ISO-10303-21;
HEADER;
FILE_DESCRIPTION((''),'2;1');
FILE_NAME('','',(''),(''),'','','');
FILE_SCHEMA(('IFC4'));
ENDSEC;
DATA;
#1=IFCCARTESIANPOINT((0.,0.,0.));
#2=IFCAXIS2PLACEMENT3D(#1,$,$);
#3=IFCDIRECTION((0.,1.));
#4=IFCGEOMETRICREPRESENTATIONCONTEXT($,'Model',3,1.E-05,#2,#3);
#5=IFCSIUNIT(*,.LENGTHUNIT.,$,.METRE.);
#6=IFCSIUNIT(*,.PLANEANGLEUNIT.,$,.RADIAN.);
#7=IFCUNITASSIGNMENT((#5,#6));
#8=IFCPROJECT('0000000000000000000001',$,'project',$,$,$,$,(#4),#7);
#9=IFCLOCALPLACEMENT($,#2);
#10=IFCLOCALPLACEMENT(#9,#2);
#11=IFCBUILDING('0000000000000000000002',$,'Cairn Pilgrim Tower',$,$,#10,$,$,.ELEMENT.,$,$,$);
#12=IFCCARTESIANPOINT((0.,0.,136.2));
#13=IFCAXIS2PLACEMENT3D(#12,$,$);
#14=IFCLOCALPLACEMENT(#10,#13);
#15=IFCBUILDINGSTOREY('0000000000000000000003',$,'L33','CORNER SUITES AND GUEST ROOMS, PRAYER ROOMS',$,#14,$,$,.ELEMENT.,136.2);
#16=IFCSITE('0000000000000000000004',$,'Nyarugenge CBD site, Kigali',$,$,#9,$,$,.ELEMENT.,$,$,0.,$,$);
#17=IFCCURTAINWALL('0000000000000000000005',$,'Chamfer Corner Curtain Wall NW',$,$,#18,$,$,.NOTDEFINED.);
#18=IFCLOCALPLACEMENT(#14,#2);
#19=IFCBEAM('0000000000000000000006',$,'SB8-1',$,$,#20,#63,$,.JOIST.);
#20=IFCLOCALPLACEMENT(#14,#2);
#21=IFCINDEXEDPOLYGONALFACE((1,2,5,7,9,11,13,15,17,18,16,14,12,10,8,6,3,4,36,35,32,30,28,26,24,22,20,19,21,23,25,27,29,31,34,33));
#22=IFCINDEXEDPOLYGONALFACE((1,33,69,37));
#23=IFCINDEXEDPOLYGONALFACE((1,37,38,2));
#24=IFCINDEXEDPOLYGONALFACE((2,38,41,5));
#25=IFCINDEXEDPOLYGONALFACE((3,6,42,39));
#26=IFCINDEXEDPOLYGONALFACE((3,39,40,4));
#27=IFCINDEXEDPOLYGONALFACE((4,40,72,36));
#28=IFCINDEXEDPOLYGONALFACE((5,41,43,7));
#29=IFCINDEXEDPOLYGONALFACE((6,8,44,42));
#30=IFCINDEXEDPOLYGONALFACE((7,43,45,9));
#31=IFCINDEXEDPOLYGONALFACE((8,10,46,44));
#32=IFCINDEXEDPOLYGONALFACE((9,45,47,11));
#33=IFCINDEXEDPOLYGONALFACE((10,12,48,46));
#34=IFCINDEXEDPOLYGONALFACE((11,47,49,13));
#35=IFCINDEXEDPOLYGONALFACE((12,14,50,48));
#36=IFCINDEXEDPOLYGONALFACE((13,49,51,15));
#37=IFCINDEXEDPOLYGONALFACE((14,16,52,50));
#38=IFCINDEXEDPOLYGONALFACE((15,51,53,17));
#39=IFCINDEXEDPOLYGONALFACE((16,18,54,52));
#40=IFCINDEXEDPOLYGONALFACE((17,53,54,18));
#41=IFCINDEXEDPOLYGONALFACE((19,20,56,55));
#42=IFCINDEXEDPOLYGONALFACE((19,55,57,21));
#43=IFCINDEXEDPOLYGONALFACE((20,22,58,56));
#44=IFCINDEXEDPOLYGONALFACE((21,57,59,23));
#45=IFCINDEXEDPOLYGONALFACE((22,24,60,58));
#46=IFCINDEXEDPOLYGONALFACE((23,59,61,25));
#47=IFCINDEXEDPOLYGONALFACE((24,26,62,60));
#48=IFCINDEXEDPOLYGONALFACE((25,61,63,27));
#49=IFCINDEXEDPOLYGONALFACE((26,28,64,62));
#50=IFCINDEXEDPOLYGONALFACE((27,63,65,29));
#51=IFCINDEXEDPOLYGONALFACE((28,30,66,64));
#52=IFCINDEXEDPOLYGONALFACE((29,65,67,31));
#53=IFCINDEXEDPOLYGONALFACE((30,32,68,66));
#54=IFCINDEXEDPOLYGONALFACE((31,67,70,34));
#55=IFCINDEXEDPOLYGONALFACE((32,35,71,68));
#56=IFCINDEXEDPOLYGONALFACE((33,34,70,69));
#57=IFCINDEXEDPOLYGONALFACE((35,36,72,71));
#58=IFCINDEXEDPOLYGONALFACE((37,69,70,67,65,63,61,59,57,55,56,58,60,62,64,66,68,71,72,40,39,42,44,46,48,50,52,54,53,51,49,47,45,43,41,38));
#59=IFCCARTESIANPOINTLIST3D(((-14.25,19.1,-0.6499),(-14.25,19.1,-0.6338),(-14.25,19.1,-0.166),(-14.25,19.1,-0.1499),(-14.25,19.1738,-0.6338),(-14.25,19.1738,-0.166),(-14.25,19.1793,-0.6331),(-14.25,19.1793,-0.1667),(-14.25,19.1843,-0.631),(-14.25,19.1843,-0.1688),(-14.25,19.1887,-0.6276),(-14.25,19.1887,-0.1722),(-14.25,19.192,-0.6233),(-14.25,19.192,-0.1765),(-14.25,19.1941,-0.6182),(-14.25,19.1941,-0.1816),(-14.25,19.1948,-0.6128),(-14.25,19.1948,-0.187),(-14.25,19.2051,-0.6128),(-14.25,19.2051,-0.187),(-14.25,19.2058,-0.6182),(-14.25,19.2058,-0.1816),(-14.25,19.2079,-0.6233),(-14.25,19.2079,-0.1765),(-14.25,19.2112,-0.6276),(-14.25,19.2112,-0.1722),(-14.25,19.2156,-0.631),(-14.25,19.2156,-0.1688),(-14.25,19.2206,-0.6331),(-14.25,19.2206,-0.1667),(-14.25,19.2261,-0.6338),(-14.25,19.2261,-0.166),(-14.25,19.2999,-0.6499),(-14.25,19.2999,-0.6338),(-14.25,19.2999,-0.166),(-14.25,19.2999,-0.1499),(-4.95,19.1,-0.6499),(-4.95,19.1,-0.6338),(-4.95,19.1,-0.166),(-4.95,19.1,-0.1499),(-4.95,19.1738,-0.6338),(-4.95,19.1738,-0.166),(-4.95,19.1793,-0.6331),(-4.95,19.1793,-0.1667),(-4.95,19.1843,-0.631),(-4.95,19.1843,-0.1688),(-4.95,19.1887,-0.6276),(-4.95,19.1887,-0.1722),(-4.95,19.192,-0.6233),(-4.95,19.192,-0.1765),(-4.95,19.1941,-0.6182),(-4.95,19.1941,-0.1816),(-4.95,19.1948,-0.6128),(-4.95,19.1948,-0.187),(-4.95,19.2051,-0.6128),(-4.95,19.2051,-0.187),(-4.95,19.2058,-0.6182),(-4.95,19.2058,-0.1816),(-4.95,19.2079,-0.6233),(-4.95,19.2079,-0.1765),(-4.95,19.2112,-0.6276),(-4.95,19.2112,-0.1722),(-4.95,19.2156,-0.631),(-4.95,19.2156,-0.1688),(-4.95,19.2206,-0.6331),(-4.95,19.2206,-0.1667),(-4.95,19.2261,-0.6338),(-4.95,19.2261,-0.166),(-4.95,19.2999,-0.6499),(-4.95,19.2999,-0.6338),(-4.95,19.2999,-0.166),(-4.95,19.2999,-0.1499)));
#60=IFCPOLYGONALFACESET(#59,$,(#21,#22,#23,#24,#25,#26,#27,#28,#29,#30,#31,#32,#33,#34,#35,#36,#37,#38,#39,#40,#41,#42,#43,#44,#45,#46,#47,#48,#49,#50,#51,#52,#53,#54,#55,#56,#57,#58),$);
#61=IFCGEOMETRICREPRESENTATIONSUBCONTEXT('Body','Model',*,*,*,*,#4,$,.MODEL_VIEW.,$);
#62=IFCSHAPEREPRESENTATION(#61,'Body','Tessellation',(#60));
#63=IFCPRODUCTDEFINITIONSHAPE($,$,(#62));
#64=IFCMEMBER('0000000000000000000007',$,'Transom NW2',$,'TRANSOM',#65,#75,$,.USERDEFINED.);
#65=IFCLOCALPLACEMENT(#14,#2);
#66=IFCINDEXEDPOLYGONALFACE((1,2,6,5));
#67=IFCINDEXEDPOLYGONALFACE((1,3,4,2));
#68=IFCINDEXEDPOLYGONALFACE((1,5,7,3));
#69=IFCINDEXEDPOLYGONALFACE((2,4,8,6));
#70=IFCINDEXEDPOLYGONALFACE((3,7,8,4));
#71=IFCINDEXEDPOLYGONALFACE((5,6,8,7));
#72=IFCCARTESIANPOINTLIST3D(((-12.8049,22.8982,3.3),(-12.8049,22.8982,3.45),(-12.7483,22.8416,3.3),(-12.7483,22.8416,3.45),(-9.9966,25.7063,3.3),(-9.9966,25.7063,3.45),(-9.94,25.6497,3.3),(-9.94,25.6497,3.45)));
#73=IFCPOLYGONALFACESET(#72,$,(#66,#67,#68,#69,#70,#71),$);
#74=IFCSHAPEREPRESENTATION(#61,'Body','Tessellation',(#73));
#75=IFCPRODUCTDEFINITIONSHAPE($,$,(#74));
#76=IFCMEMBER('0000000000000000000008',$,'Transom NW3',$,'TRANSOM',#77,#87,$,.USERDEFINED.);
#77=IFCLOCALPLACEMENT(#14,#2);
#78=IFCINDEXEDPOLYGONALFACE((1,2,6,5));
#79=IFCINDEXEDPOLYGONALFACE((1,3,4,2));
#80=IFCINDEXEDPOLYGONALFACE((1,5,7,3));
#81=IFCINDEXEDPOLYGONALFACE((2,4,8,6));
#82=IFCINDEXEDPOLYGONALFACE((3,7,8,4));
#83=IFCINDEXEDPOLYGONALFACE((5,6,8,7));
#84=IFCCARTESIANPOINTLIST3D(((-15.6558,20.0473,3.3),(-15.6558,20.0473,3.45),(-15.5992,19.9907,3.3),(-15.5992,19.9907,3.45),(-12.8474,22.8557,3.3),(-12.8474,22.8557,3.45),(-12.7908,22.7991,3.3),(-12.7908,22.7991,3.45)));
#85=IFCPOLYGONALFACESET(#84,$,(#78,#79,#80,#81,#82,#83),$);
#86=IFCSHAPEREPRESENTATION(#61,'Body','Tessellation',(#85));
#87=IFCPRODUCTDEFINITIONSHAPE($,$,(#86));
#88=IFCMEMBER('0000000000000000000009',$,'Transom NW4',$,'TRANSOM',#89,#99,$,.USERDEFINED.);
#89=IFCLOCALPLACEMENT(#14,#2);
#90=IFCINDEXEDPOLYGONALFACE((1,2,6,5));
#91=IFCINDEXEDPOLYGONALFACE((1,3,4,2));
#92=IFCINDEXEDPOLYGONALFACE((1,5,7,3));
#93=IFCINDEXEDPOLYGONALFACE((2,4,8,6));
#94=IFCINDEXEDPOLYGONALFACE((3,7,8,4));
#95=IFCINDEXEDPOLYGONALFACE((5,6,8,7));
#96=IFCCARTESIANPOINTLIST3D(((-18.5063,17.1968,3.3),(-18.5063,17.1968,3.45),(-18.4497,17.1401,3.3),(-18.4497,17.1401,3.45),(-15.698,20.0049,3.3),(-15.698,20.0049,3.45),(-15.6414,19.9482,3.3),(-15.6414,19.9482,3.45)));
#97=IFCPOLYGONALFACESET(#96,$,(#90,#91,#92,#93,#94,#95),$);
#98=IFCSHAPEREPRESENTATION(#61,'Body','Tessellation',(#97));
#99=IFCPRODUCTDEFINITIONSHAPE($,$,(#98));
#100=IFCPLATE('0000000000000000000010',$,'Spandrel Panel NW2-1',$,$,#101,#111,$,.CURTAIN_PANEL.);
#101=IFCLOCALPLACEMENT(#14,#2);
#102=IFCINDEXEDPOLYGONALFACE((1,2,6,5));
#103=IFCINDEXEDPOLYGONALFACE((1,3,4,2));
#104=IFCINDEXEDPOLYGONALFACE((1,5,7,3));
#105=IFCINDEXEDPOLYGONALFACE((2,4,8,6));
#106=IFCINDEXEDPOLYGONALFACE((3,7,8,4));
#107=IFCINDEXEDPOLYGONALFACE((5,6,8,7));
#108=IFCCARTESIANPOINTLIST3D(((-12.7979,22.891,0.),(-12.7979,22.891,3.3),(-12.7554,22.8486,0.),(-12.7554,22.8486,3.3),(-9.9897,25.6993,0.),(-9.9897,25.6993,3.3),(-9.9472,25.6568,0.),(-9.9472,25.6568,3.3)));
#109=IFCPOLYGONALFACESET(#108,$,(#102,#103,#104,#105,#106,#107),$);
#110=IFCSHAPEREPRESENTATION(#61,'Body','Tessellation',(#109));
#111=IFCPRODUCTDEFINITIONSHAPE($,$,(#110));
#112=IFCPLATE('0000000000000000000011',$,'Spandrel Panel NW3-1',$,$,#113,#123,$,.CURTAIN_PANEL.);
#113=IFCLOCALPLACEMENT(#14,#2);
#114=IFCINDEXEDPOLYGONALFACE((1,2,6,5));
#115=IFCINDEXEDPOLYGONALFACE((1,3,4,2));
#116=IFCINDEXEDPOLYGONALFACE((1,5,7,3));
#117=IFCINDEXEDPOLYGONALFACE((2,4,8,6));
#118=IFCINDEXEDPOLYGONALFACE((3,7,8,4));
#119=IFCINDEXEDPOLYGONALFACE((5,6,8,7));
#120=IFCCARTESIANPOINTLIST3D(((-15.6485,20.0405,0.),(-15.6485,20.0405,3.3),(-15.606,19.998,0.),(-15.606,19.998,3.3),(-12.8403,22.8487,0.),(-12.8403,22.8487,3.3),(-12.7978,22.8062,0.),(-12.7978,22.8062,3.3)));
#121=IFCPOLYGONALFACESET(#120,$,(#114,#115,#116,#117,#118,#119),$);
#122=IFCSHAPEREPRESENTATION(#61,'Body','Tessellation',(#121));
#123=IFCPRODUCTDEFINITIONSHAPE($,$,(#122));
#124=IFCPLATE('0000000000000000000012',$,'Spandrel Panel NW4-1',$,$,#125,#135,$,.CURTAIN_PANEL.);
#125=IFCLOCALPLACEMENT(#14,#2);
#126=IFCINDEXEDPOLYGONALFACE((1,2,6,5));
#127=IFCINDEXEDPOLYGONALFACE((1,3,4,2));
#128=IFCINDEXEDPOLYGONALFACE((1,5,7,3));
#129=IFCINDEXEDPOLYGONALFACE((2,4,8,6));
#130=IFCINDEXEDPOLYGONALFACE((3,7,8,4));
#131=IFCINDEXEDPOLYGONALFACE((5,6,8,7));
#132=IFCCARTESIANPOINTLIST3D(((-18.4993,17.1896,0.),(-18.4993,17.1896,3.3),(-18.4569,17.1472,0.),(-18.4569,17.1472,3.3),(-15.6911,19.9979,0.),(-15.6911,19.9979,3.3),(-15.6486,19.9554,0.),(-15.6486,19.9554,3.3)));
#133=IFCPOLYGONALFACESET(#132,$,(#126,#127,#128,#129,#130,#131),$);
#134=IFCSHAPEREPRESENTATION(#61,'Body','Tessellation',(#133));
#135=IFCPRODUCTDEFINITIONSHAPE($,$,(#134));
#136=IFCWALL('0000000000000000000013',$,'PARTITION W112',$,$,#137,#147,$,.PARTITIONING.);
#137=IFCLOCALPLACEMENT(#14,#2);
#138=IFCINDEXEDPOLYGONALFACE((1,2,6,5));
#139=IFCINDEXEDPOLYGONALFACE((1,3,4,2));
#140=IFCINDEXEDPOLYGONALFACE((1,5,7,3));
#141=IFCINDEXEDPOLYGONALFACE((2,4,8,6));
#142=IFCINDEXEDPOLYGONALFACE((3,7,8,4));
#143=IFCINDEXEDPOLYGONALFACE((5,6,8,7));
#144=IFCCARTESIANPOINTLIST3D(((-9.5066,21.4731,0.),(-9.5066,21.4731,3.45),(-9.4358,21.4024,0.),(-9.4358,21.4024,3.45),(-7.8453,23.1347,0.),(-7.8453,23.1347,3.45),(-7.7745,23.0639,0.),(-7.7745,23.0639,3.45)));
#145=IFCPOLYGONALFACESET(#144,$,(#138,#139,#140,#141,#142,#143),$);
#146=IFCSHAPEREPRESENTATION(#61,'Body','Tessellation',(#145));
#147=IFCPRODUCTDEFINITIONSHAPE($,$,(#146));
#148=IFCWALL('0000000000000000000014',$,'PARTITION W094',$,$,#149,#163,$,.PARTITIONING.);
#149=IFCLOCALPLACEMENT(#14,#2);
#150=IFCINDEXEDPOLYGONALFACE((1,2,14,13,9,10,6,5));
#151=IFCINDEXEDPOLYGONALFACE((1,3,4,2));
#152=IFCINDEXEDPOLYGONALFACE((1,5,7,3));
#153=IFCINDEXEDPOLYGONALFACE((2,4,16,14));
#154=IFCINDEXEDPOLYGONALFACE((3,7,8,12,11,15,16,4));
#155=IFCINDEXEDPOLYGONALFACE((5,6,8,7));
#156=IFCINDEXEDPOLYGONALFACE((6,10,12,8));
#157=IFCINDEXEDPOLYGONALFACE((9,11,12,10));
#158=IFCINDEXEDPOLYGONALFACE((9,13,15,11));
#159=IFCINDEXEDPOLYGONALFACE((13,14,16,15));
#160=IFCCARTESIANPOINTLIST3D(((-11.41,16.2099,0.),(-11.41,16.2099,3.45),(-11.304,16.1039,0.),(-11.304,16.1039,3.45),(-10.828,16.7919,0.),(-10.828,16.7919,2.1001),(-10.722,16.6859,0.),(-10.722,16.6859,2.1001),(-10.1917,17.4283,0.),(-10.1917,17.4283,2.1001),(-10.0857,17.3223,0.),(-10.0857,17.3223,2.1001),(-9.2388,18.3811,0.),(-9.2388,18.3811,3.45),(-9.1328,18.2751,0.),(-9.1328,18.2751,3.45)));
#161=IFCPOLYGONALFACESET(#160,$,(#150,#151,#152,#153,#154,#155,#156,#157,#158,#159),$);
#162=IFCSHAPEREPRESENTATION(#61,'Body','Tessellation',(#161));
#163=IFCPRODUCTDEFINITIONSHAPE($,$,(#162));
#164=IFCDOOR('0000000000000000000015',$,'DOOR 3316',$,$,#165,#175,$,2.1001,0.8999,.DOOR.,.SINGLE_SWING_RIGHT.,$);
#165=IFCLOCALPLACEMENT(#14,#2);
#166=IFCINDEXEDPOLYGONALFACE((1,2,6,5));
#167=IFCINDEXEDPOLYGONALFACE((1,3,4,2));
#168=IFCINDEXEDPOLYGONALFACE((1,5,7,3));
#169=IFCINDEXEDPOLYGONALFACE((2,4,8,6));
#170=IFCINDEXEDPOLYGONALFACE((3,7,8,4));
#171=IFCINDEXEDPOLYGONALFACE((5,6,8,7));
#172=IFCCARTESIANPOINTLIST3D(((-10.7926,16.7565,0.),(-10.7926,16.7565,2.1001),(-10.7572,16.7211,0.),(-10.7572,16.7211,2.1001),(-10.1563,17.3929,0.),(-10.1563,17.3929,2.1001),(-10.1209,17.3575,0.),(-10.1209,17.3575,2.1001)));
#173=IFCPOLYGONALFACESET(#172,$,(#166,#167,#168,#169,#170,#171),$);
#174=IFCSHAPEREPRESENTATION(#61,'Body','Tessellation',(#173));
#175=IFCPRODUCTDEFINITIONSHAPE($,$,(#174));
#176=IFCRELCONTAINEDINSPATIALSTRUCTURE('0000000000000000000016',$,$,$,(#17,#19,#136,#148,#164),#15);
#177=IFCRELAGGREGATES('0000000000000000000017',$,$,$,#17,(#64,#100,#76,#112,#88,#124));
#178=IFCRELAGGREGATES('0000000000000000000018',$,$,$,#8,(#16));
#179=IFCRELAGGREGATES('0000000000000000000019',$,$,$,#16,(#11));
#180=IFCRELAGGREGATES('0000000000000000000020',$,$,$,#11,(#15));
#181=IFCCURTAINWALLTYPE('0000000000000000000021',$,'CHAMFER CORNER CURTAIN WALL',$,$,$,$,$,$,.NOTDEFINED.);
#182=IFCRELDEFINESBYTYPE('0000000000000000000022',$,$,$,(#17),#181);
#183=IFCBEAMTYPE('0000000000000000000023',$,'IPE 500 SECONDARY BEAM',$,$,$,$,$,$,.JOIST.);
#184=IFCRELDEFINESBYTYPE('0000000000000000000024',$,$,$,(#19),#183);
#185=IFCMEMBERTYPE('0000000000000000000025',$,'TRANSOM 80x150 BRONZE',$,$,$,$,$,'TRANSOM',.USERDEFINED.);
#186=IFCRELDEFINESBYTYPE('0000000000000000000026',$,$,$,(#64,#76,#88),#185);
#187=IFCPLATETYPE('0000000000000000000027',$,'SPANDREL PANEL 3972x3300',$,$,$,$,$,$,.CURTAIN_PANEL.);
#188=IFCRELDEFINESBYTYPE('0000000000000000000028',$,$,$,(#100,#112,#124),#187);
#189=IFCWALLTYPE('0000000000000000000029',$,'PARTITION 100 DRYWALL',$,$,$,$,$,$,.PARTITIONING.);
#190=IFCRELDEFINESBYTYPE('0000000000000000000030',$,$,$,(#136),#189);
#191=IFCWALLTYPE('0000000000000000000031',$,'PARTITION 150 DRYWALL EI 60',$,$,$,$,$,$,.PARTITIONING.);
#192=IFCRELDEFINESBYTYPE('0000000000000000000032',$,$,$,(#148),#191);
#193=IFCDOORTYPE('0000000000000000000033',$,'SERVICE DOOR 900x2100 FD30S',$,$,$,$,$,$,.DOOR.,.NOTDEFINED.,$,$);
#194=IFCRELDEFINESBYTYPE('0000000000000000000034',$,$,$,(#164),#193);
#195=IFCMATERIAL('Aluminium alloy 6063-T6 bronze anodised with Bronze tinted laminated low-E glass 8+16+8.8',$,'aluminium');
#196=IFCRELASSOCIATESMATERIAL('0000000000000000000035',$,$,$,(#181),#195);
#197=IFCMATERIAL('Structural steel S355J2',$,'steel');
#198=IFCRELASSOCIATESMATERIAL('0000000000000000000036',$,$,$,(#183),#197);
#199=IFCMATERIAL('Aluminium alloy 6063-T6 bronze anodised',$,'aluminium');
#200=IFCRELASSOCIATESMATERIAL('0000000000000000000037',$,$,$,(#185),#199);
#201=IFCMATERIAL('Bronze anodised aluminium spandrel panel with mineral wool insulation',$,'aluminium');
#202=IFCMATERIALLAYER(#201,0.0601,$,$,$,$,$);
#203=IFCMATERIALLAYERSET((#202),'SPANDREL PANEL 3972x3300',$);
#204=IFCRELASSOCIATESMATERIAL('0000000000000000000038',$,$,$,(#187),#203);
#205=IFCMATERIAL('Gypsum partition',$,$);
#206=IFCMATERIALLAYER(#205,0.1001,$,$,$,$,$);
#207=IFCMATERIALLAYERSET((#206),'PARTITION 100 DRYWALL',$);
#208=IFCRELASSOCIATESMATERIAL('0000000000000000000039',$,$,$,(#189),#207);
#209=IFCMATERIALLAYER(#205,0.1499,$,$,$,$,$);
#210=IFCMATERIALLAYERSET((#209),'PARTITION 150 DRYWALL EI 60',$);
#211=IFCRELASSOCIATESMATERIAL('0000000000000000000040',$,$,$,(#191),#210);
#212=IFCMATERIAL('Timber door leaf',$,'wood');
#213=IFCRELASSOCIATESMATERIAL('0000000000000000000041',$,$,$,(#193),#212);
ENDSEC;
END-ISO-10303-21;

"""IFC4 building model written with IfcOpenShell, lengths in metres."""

from ifc_helpers import new_model, si_unit, direction, frame, frame_2d, origin, origin_2d, place, context, subcontext, project, spatial, rectangle, i_section, extrude, material, layer, layer_set, material_profile, profile_set, type_object, element, fill, aggregate, save


model = new_model("IFC4")

# Units and contexts
model_context = context("Model", 3, precision=1e-05, world=origin(), true_north=direction((0.0, 1.0)))
body_context = subcontext(model_context, "Body", "Model", "MODEL_VIEW")
ifc_project = project(units=[si_unit("LENGTHUNIT", "METRE"), si_unit("PLANEANGLEUNIT", "RADIAN")], contexts=[model_context])

# Site, building, storey
site_placement = place(None, origin())
site = spatial("IfcSite", under=ifc_project, at=site_placement, Name="Nyarugenge CBD site, Kigali", CompositionType="ELEMENT", RefElevation=0.0)
building_placement = place(site_placement, origin())
building = spatial("IfcBuilding", under=site, at=building_placement, Name="Cairn Pilgrim Tower", CompositionType="ELEMENT")
storey_placement = place(building_placement, frame((0.0, 0.0, 136.2)))
storey = spatial("IfcBuildingStorey", under=building, at=storey_placement, Name="L33", Description="CORNER SUITES AND GUEST ROOMS, PRAYER ROOMS", CompositionType="ELEMENT", Elevation=136.2)

# Shared definitions
ifc_material_1 = material(Name="Structural steel S355J2", Category="steel")

# Curtain wall
ifc_material_2 = material(Name="Aluminium alloy 6063-T6 bronze anodised with Bronze tinted laminated low-E glass 8+16+8.8", Category="aluminium")
curtain_wall_type = type_object("IfcCurtainWallType", Name="CHAMFER CORNER CURTAIN WALL", PredefinedType="NOTDEFINED", material=ifc_material_2)
curtain_wall_placement = place(storey_placement, origin())
curtain_wall = element("IfcCurtainWall", 1, at=curtain_wall_placement, inside=storey, type_object=curtain_wall_type, Name="Chamfer Corner Curtain Wall NW", PredefinedType="NOTDEFINED")
ifc_material_3 = material(Name="Aluminium alloy 6063-T6 bronze anodised", Category="aluminium")

# Beam
ifc_material_profile_1 = material_profile(ifc_material_1, i_section(OverallWidth=0.2, OverallDepth=0.5, WebThickness=0.0103, FlangeThickness=0.0161, FilletRadius=0.021, at=origin_2d()), Name="IPE 500")
ifc_profile_set_1 = profile_set([ifc_material_profile_1], Name="Structural steel S355J2")
beam_type_1 = type_object("IfcBeamType", Name="IPE 500 SECONDARY BEAM", PredefinedType="JOIST", material=ifc_profile_set_1)
beam_1_placement = place(storey_placement, frame((-14.25, 19.2, -0.3999), z_axis=(1.0, 0.0, 0.0), x_axis=(0.0, 1.0, 0.0)))
element("IfcBeam", 2, at=beam_1_placement, inside=storey, type_object=beam_type_1, Name="SB8-1", PredefinedType="JOIST", context=body_context, shape_type="SweptSolid", body=[
    extrude(i_section(OverallWidth=0.2, OverallDepth=0.5, WebThickness=0.0103, FlangeThickness=0.0161, FilletRadius=0.021, at=origin_2d()), origin(), (0.0, 0.0, 1.0), 9.3),
])

# Members
ifc_material_profile_2 = material_profile(ifc_material_3, rectangle(XDim=0.0801, YDim=0.1499, at=origin_2d()), Name="TRANSOM 80x150 BRONZE")
ifc_profile_set_2 = profile_set([ifc_material_profile_2], Name="Aluminium alloy 6063-T6 bronze anodised")
member_type_1 = type_object("IfcMemberType", Name="TRANSOM 80x150 BRONZE", ElementType="TRANSOM", PredefinedType="USERDEFINED", material=ifc_profile_set_2)
member_1_placement = place(storey_placement, frame((-9.9683, 25.678, 3.375), z_axis=(-0.707138, -0.707076, 0.0), x_axis=(0.707076, -0.707138, 0.0)))
member_1 = element("IfcMember", 3, at=member_1_placement, type_object=member_type_1, Name="Transom NW2", ObjectType="TRANSOM", PredefinedType="USERDEFINED", context=body_context, shape_type="SweptSolid", body=[
    extrude(rectangle(XDim=0.0801, YDim=0.1499, at=origin_2d()), origin(), (0.0, 0.0, 1.0), 3.9714),
])
member_2_placement = place(storey_placement, frame((-12.8191, 22.8274, 3.375), z_axis=(-0.707107, -0.707107, 0.0), x_axis=(0.707107, -0.707107, 0.0)))
member_2 = element("IfcMember", 4, at=member_2_placement, type_object=member_type_1, Name="Transom NW3", ObjectType="TRANSOM", PredefinedType="USERDEFINED", context=body_context, shape_type="SweptSolid", body=[
    extrude(rectangle(XDim=0.0801, YDim=0.1499, at=origin_2d()), origin(), (0.0, 0.0, 1.0), 3.9717),
])
member_3_placement = place(storey_placement, frame((-15.6697, 19.9766, 3.375), z_axis=(-0.707138, -0.707076, 0.0), x_axis=(0.707076, -0.707138, 0.0)))
member_3 = element("IfcMember", 5, at=member_3_placement, type_object=member_type_1, Name="Transom NW4", ObjectType="TRANSOM", PredefinedType="USERDEFINED", context=body_context, shape_type="SweptSolid", body=[
    extrude(rectangle(XDim=0.0801, YDim=0.1499, at=origin_2d()), origin(), (0.0, 0.0, 1.0), 3.9714),
])

# Plates
ifc_material_4 = material(Name="Bronze anodised aluminium spandrel panel with mineral wool insulation", Category="aluminium")
ifc_layer_1 = layer(ifc_material_4, 0.0601)
ifc_layer_set_1 = layer_set([ifc_layer_1], Name="SPANDREL PANEL 3972x3300")
plate_type = type_object("IfcPlateType", Name="SPANDREL PANEL 3972x3300", PredefinedType="CURTAIN_PANEL", material=ifc_layer_set_1)
plate_1_placement = place(storey_placement, frame((-11.3726, 24.2739, 0.0), z_axis=(0.0, 0.0, 1.0), x_axis=(-0.707107, -0.707107, 0.0)))
plate_1 = element("IfcPlate", 6, at=plate_1_placement, type_object=plate_type, Name="Spandrel Panel NW2-1", PredefinedType="CURTAIN_PANEL", context=body_context, shape_type="SweptSolid", body=[
    extrude(rectangle(XDim=3.9714, YDim=0.0601, at=origin_2d()), origin(), (0.0, 0.0, 1.0), 3.3),
])
plate_2_placement = place(storey_placement, frame((-14.2231, 21.4233, 0.0), z_axis=(0.0, 0.0, 1.0), x_axis=(-0.707107, -0.707107, 0.0)))
plate_2 = element("IfcPlate", 7, at=plate_2_placement, type_object=plate_type, Name="Spandrel Panel NW3-1", PredefinedType="CURTAIN_PANEL", context=body_context, shape_type="SweptSolid", body=[
    extrude(rectangle(XDim=3.9714, YDim=0.0601, at=origin_2d()), origin(), (0.0, 0.0, 1.0), 3.3),
])
plate_3_placement = place(storey_placement, frame((-17.074, 18.5725, 0.0), z_axis=(0.0, 0.0, 1.0), x_axis=(-0.707107, -0.707107, 0.0)))
plate_3 = element("IfcPlate", 8, at=plate_3_placement, type_object=plate_type, Name="Spandrel Panel NW4-1", PredefinedType="CURTAIN_PANEL", context=body_context, shape_type="SweptSolid", body=[
    extrude(rectangle(XDim=3.9714, YDim=0.0601, at=origin_2d()), origin(), (0.0, 0.0, 1.0), 3.3),
])
aggregate(curtain_wall, [member_1, plate_1, member_2, plate_2, member_3, plate_3])

# Wall
ifc_material_5 = material(Name="Gypsum partition")
ifc_layer_2 = layer(ifc_material_5, 0.1001)
ifc_layer_set_2 = layer_set([ifc_layer_2], Name="PARTITION 100 DRYWALL")
wall_type_1 = type_object("IfcWallType", Name="PARTITION 100 DRYWALL", PredefinedType="PARTITIONING", material=ifc_layer_set_2)
wall_1_placement = place(storey_placement, frame((-9.4712, 21.4377, 0.0), z_axis=(0.0, 0.0, 1.0), x_axis=(0.707055, 0.707159, 0.0)))
element("IfcWall", 9, at=wall_1_placement, inside=storey, type_object=wall_type_1, Name="PARTITION W112", PredefinedType="PARTITIONING", context=body_context, shape_type="SweptSolid", body=[
    extrude(rectangle(XDim=2.3496, YDim=0.1001, at=frame_2d((1.1748, 0.0))), origin(), (0.0, 0.0, 1.0), 3.45),
])

# Wall, opening, door
ifc_layer_3 = layer(ifc_material_5, 0.1499)
ifc_layer_set_3 = layer_set([ifc_layer_3], Name="PARTITION 150 DRYWALL EI 60")
wall_type_2 = type_object("IfcWallType", Name="PARTITION 150 DRYWALL EI 60", PredefinedType="PARTITIONING", material=ifc_layer_set_3)
wall_2_placement = place(storey_placement, frame((-11.3569, 16.157, 0.0), z_axis=(0.0, 0.0, 1.0), x_axis=(0.707107, 0.707107, 0.0)))
wall_2 = element("IfcWall", 10, at=wall_2_placement, inside=storey, type_object=wall_type_2, Name="PARTITION W094", PredefinedType="PARTITIONING", context=body_context, shape_type="SweptSolid", body=[
    extrude(rectangle(XDim=3.0706, YDim=0.1499, at=frame_2d((1.5352, 0.0))), origin(), (0.0, 0.0, 1.0), 3.45),
])
opening_1_placement = place(wall_2_placement, frame((0.823, 0.0, 0.0)))
opening_1 = element("IfcOpeningElement", 11, at=opening_1_placement, cuts=wall_2, PredefinedType="OPENING", context=body_context, shape_type="SweptSolid", body=[
    extrude(rectangle(XDim=0.8999, YDim=2.1001, at=frame_2d((0.45, 1.05))), frame((0.0, 0.085, 0.0), z_axis=(0.0, -1.0, 0.0), x_axis=(1.0, 0.0, 0.0)), (0.0, 0.0, 1.0), 0.1699),
])
ifc_material_6 = material(Name="Timber door leaf", Category="wood")
door_type_1 = type_object("IfcDoorType", Name="SERVICE DOOR 900x2100 FD30S", OperationType="NOTDEFINED", PredefinedType="DOOR", material=ifc_material_6)
door_1_placement = place(opening_1_placement, origin())
door_1 = element("IfcDoor", 12, at=door_1_placement, inside=storey, type_object=door_type_1, Name="DOOR 3316", OperationType="SINGLE_SWING_RIGHT", OverallHeight=2.1001, OverallWidth=0.8999, PredefinedType="DOOR", context=body_context, shape_type="SweptSolid", body=[
    extrude(rectangle(XDim=0.8999, YDim=2.1001, at=frame_2d((0.45, 1.05))), frame((0.0, 0.0249, 0.0), z_axis=(0.0, -1.0, 0.0), x_axis=(1.0, 0.0, 0.0)), (0.0, 0.0, 1.0), 0.05),
])
fill(opening_1, door_1)

save(model, "model.ifc")
